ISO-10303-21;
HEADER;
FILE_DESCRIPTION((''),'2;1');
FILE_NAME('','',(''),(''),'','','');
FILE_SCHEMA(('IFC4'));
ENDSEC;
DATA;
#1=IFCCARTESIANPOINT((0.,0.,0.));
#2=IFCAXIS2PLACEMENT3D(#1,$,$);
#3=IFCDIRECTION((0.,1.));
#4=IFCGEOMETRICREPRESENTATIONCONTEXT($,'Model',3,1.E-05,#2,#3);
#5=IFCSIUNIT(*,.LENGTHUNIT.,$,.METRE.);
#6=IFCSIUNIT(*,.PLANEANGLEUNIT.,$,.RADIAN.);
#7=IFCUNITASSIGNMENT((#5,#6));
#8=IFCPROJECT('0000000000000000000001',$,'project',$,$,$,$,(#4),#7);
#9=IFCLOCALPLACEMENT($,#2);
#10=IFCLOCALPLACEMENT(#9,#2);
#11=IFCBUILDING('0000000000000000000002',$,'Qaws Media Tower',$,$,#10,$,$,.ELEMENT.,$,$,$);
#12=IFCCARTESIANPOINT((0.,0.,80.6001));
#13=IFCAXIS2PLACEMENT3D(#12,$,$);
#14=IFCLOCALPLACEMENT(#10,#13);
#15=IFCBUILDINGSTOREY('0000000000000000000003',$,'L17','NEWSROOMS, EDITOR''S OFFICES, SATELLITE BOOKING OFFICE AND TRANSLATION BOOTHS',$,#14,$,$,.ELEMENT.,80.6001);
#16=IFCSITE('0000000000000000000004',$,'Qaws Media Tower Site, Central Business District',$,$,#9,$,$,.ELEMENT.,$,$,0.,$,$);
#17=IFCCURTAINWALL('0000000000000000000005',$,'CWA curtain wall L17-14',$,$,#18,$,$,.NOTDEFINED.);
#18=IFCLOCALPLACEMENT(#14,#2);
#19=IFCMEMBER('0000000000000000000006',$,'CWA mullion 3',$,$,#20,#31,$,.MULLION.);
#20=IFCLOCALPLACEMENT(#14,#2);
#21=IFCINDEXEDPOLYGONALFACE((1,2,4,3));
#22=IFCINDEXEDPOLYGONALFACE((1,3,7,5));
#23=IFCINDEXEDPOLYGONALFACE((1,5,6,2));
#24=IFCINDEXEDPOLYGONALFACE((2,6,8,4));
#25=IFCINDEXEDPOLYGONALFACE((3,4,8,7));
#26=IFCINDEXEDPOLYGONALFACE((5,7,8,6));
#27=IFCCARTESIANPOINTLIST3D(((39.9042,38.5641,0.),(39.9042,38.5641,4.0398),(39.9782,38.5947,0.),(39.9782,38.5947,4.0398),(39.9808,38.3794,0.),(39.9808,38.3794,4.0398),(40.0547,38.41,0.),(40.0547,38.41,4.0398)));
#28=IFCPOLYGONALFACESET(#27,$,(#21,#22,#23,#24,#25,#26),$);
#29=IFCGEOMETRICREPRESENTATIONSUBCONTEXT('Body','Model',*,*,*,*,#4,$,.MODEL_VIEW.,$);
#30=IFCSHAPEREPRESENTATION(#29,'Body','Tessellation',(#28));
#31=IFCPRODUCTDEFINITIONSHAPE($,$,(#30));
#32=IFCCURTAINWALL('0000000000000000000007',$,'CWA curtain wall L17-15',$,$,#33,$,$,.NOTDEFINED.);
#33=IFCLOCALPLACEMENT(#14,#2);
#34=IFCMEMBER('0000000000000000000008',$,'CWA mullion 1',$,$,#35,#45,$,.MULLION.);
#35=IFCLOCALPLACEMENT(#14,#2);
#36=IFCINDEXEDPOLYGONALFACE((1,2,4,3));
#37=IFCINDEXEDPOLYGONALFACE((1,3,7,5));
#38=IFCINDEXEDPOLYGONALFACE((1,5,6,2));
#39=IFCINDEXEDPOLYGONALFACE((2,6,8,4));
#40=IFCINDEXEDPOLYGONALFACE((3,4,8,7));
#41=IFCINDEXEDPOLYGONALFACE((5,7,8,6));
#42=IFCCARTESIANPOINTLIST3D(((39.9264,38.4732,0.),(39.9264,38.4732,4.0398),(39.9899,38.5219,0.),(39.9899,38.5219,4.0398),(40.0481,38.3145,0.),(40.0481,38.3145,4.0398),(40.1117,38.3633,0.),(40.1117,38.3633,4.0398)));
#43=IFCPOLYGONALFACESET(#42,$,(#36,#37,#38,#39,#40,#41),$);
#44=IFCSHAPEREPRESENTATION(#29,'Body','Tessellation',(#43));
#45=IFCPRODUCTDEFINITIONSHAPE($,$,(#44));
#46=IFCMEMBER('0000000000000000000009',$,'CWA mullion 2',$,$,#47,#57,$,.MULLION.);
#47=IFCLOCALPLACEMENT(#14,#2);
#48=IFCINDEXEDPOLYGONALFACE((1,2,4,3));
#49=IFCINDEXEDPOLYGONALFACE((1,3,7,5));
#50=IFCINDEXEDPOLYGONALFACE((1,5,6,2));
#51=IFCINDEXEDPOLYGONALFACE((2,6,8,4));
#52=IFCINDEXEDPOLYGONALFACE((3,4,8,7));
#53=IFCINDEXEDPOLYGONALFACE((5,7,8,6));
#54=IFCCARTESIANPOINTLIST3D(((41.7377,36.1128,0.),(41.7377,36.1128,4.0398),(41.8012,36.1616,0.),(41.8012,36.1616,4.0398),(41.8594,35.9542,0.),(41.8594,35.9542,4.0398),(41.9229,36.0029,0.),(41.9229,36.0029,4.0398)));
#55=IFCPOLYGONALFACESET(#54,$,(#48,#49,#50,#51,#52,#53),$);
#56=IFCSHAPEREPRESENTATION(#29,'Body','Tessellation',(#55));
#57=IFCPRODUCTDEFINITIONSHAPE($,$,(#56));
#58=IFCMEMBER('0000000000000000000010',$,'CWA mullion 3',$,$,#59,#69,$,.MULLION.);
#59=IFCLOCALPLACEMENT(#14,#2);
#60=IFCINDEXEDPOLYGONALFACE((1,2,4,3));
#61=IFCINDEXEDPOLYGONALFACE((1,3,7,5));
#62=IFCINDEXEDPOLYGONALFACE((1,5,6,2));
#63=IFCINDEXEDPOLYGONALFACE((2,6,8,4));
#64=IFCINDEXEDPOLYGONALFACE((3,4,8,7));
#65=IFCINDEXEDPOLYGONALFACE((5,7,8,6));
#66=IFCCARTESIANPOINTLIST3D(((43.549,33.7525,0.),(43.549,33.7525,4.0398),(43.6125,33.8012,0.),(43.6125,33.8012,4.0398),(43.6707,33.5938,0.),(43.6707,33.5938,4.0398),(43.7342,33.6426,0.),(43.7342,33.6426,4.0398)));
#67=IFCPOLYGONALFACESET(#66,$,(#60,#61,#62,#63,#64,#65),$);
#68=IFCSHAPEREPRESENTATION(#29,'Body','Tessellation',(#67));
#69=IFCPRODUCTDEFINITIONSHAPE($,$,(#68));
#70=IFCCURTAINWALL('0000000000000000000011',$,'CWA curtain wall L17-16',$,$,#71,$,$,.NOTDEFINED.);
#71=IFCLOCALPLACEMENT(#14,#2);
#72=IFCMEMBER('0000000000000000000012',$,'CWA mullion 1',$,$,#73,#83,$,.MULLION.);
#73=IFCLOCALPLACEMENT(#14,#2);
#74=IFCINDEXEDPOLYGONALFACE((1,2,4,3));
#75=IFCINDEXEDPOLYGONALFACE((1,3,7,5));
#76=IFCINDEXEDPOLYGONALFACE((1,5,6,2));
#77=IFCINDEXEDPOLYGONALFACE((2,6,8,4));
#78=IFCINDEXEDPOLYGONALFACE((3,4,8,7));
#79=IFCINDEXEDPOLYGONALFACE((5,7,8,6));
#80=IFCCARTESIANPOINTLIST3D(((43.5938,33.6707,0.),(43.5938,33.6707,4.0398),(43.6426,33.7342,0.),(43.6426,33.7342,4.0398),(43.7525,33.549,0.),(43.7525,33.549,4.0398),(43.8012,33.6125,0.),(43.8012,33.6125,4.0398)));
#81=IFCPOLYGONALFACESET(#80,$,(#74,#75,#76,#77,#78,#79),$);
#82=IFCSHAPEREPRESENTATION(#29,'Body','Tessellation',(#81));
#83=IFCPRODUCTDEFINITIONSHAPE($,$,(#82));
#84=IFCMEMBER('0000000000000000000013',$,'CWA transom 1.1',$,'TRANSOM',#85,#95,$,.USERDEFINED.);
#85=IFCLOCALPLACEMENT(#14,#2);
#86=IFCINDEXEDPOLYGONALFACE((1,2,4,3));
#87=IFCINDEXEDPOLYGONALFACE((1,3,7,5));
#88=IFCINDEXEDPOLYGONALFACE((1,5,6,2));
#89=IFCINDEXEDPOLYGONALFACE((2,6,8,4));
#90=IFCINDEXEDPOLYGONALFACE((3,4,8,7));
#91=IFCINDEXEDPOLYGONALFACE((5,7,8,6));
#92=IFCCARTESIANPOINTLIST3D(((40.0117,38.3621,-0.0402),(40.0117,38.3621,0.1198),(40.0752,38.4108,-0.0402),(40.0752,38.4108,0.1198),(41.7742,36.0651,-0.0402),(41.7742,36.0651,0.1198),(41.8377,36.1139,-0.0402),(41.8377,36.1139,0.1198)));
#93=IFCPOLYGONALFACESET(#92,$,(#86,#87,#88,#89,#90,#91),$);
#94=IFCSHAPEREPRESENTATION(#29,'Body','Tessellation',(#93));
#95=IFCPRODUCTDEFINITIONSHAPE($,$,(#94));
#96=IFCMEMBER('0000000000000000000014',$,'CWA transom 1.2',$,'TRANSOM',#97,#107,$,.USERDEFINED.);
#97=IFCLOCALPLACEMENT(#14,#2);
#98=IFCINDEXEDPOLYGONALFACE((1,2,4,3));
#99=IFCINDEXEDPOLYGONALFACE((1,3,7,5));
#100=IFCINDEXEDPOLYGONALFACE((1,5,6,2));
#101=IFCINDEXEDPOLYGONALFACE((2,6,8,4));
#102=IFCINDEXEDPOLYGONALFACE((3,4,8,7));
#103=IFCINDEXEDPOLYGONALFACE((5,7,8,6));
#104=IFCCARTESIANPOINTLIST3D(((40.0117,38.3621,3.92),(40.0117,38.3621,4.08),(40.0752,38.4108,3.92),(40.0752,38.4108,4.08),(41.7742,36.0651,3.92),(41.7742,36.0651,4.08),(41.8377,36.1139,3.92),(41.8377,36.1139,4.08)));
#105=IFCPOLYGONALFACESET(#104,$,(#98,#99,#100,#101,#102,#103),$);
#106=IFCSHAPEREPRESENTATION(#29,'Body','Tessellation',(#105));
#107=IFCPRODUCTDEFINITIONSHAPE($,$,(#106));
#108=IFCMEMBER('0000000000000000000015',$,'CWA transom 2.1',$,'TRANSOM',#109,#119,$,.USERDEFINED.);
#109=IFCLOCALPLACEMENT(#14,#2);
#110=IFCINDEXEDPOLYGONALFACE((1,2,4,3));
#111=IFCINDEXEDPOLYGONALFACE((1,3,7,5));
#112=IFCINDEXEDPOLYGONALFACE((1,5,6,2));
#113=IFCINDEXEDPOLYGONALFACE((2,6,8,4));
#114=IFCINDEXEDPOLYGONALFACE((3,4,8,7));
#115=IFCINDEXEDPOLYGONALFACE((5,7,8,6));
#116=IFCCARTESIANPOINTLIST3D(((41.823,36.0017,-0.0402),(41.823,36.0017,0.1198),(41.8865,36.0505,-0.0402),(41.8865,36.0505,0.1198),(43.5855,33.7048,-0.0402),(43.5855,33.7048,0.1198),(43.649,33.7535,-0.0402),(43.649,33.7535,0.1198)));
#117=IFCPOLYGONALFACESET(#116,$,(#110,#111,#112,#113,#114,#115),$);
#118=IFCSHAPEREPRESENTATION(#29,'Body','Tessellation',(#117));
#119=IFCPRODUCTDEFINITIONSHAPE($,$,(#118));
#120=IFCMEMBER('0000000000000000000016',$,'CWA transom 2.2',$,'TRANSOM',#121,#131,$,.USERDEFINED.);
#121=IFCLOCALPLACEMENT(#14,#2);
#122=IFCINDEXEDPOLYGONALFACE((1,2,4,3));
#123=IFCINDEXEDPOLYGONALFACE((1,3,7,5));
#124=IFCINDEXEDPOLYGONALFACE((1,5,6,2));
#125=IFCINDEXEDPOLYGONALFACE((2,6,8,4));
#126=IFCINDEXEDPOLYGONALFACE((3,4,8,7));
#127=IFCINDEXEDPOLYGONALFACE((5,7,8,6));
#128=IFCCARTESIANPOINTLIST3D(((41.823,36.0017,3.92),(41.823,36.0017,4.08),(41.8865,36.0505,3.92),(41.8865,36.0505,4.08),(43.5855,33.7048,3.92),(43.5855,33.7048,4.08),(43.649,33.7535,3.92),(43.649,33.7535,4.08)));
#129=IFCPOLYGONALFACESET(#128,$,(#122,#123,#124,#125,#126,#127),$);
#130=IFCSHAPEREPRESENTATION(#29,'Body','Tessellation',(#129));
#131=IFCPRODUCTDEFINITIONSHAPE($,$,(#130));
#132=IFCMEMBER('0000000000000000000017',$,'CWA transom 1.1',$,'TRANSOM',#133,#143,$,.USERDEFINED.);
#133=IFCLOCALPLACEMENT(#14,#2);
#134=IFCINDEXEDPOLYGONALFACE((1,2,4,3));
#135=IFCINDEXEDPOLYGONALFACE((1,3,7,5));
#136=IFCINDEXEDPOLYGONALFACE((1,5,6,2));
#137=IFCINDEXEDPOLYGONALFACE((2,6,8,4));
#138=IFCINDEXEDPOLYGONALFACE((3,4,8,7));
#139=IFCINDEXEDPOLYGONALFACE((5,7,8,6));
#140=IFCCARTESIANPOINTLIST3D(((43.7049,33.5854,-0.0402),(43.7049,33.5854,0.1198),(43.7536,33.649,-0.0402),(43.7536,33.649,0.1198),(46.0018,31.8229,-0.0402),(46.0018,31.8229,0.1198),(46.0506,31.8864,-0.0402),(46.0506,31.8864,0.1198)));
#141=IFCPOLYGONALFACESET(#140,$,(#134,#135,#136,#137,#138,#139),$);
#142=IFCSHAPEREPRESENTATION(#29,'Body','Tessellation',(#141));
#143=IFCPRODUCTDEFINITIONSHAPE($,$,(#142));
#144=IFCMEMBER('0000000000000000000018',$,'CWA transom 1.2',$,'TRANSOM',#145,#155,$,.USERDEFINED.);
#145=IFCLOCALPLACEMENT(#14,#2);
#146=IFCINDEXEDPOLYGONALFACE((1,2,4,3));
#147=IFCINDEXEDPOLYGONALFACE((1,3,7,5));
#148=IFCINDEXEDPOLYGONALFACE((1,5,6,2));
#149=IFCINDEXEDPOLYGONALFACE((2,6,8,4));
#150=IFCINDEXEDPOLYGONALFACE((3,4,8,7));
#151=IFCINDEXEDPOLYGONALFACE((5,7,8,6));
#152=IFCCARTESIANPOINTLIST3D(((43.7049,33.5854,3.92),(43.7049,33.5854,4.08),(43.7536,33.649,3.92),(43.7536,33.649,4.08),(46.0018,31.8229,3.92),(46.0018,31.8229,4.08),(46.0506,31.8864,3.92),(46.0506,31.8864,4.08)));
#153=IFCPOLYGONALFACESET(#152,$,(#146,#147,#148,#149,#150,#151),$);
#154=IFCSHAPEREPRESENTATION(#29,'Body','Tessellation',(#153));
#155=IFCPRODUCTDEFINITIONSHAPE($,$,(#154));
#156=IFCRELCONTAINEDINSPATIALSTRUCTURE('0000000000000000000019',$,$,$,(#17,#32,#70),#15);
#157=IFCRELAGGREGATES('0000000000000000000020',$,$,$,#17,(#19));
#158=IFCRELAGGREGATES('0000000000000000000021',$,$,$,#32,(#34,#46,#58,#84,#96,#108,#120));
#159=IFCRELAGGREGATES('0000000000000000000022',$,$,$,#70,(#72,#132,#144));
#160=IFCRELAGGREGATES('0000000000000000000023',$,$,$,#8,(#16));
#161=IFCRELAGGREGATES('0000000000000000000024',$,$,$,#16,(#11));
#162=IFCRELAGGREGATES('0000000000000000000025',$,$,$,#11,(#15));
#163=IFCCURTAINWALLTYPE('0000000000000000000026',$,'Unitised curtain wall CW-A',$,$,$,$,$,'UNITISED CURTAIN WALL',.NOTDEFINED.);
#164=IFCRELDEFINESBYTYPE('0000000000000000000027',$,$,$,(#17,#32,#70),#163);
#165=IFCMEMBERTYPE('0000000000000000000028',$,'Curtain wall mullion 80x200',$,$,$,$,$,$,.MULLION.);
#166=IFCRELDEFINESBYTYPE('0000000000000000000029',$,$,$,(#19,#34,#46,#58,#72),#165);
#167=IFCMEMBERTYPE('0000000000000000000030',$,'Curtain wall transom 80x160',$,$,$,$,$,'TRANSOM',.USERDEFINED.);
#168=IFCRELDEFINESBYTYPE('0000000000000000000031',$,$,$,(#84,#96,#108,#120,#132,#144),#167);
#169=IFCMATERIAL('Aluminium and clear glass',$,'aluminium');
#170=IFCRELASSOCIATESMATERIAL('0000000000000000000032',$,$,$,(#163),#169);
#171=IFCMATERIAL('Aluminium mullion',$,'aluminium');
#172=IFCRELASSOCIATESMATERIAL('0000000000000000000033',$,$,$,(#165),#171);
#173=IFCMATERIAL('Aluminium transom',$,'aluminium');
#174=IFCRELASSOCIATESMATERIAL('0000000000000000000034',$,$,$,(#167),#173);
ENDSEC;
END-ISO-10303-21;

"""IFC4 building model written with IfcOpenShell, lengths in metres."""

from ifc_helpers import new_model, si_unit, direction, frame, origin, origin_2d, place, context, subcontext, project, spatial, rectangle, extrude, material, material_profile, profile_set, type_object, element, aggregate, save


model = new_model("IFC4")

# Units and contexts
model_context = context("Model", 3, precision=1e-05, world=origin(), true_north=direction((0.0, 1.0)))
body_context = subcontext(model_context, "Body", "Model", "MODEL_VIEW")
ifc_project = project(units=[si_unit("LENGTHUNIT", "METRE"), si_unit("PLANEANGLEUNIT", "RADIAN")], contexts=[model_context])

# Site, building, storey
site_placement = place(None, origin())
site = spatial("IfcSite", under=ifc_project, at=site_placement, Name="Qaws Media Tower Site, Central Business District", CompositionType="ELEMENT", RefElevation=0.0)
building_placement = place(site_placement, origin())
building = spatial("IfcBuilding", under=site, at=building_placement, Name="Qaws Media Tower", CompositionType="ELEMENT")
storey_placement = place(building_placement, frame((0.0, 0.0, 80.6001)))
storey = spatial("IfcBuildingStorey", under=building, at=storey_placement, Name="L17", Description="NEWSROOMS, EDITOR'S OFFICES, SATELLITE BOOKING OFFICE AND TRANSLATION BOOTHS", CompositionType="ELEMENT", Elevation=80.6001)

# Curtain wall, member
ifc_material_1 = material(Name="Aluminium and clear glass", Category="aluminium")
curtain_wall_type = type_object("IfcCurtainWallType", Name="Unitised curtain wall CW-A", ElementType="UNITISED CURTAIN WALL", PredefinedType="NOTDEFINED", material=ifc_material_1)
curtain_wall_1_placement = place(storey_placement, origin())
curtain_wall_1 = element("IfcCurtainWall", 1, at=curtain_wall_1_placement, inside=storey, type_object=curtain_wall_type, Name="CWA curtain wall L17-14", PredefinedType="NOTDEFINED")
ifc_material_2 = material(Name="Aluminium mullion", Category="aluminium")
ifc_material_profile_1 = material_profile(ifc_material_2, rectangle(XDim=0.0801, YDim=0.2, at=origin_2d()), Name="80x200")
ifc_profile_set_1 = profile_set([ifc_material_profile_1], Name="Aluminium mullion")
member_type_1 = type_object("IfcMemberType", Name="Curtain wall mullion 80x200", PredefinedType="MULLION", material=ifc_profile_set_1)
member_1_placement = place(storey_placement, frame((39.9795, 38.4871, 0.0), z_axis=(0.0, 0.0, 1.0), x_axis=(0.92388, 0.382683, 0.0)))
member_1 = element("IfcMember", 2, at=member_1_placement, type_object=member_type_1, Name="CWA mullion 3", PredefinedType="MULLION", context=body_context, shape_type="SweptSolid", body=[
    extrude(rectangle(XDim=0.0801, YDim=0.2, at=origin_2d()), origin(), (0.0, 0.0, 1.0), 4.0398),
])
aggregate(curtain_wall_1, [member_1])

# Curtain wall, members
curtain_wall_2_placement = place(storey_placement, origin())
curtain_wall_2 = element("IfcCurtainWall", 3, at=curtain_wall_2_placement, inside=storey, type_object=curtain_wall_type, Name="CWA curtain wall L17-15", PredefinedType="NOTDEFINED")
member_2_placement = place(storey_placement, frame((40.019, 38.4182, 0.0), z_axis=(0.0, 0.0, 1.0), x_axis=(0.793353, 0.608761, 0.0)))
member_2 = element("IfcMember", 4, at=member_2_placement, type_object=member_type_1, Name="CWA mullion 1", PredefinedType="MULLION", context=body_context, shape_type="SweptSolid", body=[
    extrude(rectangle(XDim=0.0801, YDim=0.2, at=origin_2d()), origin(), (0.0, 0.0, 1.0), 4.0398),
])
member_3_placement = place(storey_placement, frame((41.8303, 36.0579, 0.0), z_axis=(0.0, 0.0, 1.0), x_axis=(0.793353, 0.608761, 0.0)))
member_3 = element("IfcMember", 5, at=member_3_placement, type_object=member_type_1, Name="CWA mullion 2", PredefinedType="MULLION", context=body_context, shape_type="SweptSolid", body=[
    extrude(rectangle(XDim=0.0801, YDim=0.2, at=origin_2d()), origin(), (0.0, 0.0, 1.0), 4.0398),
])
member_4_placement = place(storey_placement, frame((43.6416, 33.6975, 0.0), z_axis=(0.0, 0.0, 1.0), x_axis=(0.793353, 0.608761, 0.0)))
member_4 = element("IfcMember", 6, at=member_4_placement, type_object=member_type_1, Name="CWA mullion 3", PredefinedType="MULLION", context=body_context, shape_type="SweptSolid", body=[
    extrude(rectangle(XDim=0.0801, YDim=0.2, at=origin_2d()), origin(), (0.0, 0.0, 1.0), 4.0398),
])

# Curtain wall, member
curtain_wall_3_placement = place(storey_placement, origin())
curtain_wall_3 = element("IfcCurtainWall", 7, at=curtain_wall_3_placement, inside=storey, type_object=curtain_wall_type, Name="CWA curtain wall L17-16", PredefinedType="NOTDEFINED")
member_5_placement = place(storey_placement, frame((43.6975, 33.6416, 0.0), z_axis=(0.0, 0.0, 1.0), x_axis=(0.608761, 0.793353, 0.0)))
member_5 = element("IfcMember", 8, at=member_5_placement, type_object=member_type_1, Name="CWA mullion 1", PredefinedType="MULLION", context=body_context, shape_type="SweptSolid", body=[
    extrude(rectangle(XDim=0.0801, YDim=0.2, at=origin_2d()), origin(), (0.0, 0.0, 1.0), 4.0398),
])

# Members
ifc_material_3 = material(Name="Aluminium transom", Category="aluminium")
ifc_material_profile_2 = material_profile(ifc_material_3, rectangle(XDim=0.0801, YDim=0.1599, at=origin_2d()), Name="80x160")
ifc_profile_set_2 = profile_set([ifc_material_profile_2], Name="Aluminium transom")
member_type_2 = type_object("IfcMemberType", Name="Curtain wall transom 80x160", ElementType="TRANSOM", PredefinedType="USERDEFINED", material=ifc_profile_set_2)
member_6_placement = place(storey_placement, frame((40.0435, 38.3865, 0.0398), z_axis=(0.608761, -0.793354, 0.0), x_axis=(0.793354, 0.608761, 0.0)))
member_6 = element("IfcMember", 9, at=member_6_placement, type_object=member_type_2, Name="CWA transom 1.1", ObjectType="TRANSOM", PredefinedType="USERDEFINED", context=body_context, shape_type="SweptSolid", body=[
    extrude(rectangle(XDim=0.0801, YDim=0.1599, at=origin_2d()), origin(), (0.0, 0.0, 1.0), 2.8953),
])
member_7_placement = place(storey_placement, frame((40.0435, 38.3865, 4.0), z_axis=(0.608761, -0.793354, 0.0), x_axis=(0.793354, 0.608761, 0.0)))
member_7 = element("IfcMember", 10, at=member_7_placement, type_object=member_type_2, Name="CWA transom 1.2", ObjectType="TRANSOM", PredefinedType="USERDEFINED", context=body_context, shape_type="SweptSolid", body=[
    extrude(rectangle(XDim=0.0801, YDim=0.1599, at=origin_2d()), origin(), (0.0, 0.0, 1.0), 2.8953),
])
member_8_placement = place(storey_placement, frame((41.8547, 36.0261, 0.0398), z_axis=(0.608761, -0.793354, 0.0), x_axis=(0.793354, 0.608761, 0.0)))
member_8 = element("IfcMember", 11, at=member_8_placement, type_object=member_type_2, Name="CWA transom 2.1", ObjectType="TRANSOM", PredefinedType="USERDEFINED", context=body_context, shape_type="SweptSolid", body=[
    extrude(rectangle(XDim=0.0801, YDim=0.1599, at=origin_2d()), origin(), (0.0, 0.0, 1.0), 2.8953),
])
member_9_placement = place(storey_placement, frame((41.8547, 36.0261, 4.0), z_axis=(0.608761, -0.793354, 0.0), x_axis=(0.793354, 0.608761, 0.0)))
member_9 = element("IfcMember", 12, at=member_9_placement, type_object=member_type_2, Name="CWA transom 2.2", ObjectType="TRANSOM", PredefinedType="USERDEFINED", context=body_context, shape_type="SweptSolid", body=[
    extrude(rectangle(XDim=0.0801, YDim=0.1599, at=origin_2d()), origin(), (0.0, 0.0, 1.0), 2.8953),
])
member_10_placement = place(storey_placement, frame((43.7292, 33.6172, 0.0398), z_axis=(0.793354, -0.608761, 0.0), x_axis=(0.608761, 0.793354, 0.0)))
member_10 = element("IfcMember", 13, at=member_10_placement, type_object=member_type_2, Name="CWA transom 1.1", ObjectType="TRANSOM", PredefinedType="USERDEFINED", context=body_context, shape_type="SweptSolid", body=[
    extrude(rectangle(XDim=0.0801, YDim=0.1599, at=origin_2d()), origin(), (0.0, 0.0, 1.0), 2.8953),
])
member_11_placement = place(storey_placement, frame((43.7292, 33.6172, 4.0), z_axis=(0.793354, -0.608761, 0.0), x_axis=(0.608761, 0.793354, 0.0)))
member_11 = element("IfcMember", 14, at=member_11_placement, type_object=member_type_2, Name="CWA transom 1.2", ObjectType="TRANSOM", PredefinedType="USERDEFINED", context=body_context, shape_type="SweptSolid", body=[
    extrude(rectangle(XDim=0.0801, YDim=0.1599, at=origin_2d()), origin(), (0.0, 0.0, 1.0), 2.8953),
])

aggregate(curtain_wall_2, [member_2, member_3, member_4, member_6, member_7, member_8, member_9])
aggregate(curtain_wall_3, [member_5, member_10, member_11])

save(model, "model.ifc")
